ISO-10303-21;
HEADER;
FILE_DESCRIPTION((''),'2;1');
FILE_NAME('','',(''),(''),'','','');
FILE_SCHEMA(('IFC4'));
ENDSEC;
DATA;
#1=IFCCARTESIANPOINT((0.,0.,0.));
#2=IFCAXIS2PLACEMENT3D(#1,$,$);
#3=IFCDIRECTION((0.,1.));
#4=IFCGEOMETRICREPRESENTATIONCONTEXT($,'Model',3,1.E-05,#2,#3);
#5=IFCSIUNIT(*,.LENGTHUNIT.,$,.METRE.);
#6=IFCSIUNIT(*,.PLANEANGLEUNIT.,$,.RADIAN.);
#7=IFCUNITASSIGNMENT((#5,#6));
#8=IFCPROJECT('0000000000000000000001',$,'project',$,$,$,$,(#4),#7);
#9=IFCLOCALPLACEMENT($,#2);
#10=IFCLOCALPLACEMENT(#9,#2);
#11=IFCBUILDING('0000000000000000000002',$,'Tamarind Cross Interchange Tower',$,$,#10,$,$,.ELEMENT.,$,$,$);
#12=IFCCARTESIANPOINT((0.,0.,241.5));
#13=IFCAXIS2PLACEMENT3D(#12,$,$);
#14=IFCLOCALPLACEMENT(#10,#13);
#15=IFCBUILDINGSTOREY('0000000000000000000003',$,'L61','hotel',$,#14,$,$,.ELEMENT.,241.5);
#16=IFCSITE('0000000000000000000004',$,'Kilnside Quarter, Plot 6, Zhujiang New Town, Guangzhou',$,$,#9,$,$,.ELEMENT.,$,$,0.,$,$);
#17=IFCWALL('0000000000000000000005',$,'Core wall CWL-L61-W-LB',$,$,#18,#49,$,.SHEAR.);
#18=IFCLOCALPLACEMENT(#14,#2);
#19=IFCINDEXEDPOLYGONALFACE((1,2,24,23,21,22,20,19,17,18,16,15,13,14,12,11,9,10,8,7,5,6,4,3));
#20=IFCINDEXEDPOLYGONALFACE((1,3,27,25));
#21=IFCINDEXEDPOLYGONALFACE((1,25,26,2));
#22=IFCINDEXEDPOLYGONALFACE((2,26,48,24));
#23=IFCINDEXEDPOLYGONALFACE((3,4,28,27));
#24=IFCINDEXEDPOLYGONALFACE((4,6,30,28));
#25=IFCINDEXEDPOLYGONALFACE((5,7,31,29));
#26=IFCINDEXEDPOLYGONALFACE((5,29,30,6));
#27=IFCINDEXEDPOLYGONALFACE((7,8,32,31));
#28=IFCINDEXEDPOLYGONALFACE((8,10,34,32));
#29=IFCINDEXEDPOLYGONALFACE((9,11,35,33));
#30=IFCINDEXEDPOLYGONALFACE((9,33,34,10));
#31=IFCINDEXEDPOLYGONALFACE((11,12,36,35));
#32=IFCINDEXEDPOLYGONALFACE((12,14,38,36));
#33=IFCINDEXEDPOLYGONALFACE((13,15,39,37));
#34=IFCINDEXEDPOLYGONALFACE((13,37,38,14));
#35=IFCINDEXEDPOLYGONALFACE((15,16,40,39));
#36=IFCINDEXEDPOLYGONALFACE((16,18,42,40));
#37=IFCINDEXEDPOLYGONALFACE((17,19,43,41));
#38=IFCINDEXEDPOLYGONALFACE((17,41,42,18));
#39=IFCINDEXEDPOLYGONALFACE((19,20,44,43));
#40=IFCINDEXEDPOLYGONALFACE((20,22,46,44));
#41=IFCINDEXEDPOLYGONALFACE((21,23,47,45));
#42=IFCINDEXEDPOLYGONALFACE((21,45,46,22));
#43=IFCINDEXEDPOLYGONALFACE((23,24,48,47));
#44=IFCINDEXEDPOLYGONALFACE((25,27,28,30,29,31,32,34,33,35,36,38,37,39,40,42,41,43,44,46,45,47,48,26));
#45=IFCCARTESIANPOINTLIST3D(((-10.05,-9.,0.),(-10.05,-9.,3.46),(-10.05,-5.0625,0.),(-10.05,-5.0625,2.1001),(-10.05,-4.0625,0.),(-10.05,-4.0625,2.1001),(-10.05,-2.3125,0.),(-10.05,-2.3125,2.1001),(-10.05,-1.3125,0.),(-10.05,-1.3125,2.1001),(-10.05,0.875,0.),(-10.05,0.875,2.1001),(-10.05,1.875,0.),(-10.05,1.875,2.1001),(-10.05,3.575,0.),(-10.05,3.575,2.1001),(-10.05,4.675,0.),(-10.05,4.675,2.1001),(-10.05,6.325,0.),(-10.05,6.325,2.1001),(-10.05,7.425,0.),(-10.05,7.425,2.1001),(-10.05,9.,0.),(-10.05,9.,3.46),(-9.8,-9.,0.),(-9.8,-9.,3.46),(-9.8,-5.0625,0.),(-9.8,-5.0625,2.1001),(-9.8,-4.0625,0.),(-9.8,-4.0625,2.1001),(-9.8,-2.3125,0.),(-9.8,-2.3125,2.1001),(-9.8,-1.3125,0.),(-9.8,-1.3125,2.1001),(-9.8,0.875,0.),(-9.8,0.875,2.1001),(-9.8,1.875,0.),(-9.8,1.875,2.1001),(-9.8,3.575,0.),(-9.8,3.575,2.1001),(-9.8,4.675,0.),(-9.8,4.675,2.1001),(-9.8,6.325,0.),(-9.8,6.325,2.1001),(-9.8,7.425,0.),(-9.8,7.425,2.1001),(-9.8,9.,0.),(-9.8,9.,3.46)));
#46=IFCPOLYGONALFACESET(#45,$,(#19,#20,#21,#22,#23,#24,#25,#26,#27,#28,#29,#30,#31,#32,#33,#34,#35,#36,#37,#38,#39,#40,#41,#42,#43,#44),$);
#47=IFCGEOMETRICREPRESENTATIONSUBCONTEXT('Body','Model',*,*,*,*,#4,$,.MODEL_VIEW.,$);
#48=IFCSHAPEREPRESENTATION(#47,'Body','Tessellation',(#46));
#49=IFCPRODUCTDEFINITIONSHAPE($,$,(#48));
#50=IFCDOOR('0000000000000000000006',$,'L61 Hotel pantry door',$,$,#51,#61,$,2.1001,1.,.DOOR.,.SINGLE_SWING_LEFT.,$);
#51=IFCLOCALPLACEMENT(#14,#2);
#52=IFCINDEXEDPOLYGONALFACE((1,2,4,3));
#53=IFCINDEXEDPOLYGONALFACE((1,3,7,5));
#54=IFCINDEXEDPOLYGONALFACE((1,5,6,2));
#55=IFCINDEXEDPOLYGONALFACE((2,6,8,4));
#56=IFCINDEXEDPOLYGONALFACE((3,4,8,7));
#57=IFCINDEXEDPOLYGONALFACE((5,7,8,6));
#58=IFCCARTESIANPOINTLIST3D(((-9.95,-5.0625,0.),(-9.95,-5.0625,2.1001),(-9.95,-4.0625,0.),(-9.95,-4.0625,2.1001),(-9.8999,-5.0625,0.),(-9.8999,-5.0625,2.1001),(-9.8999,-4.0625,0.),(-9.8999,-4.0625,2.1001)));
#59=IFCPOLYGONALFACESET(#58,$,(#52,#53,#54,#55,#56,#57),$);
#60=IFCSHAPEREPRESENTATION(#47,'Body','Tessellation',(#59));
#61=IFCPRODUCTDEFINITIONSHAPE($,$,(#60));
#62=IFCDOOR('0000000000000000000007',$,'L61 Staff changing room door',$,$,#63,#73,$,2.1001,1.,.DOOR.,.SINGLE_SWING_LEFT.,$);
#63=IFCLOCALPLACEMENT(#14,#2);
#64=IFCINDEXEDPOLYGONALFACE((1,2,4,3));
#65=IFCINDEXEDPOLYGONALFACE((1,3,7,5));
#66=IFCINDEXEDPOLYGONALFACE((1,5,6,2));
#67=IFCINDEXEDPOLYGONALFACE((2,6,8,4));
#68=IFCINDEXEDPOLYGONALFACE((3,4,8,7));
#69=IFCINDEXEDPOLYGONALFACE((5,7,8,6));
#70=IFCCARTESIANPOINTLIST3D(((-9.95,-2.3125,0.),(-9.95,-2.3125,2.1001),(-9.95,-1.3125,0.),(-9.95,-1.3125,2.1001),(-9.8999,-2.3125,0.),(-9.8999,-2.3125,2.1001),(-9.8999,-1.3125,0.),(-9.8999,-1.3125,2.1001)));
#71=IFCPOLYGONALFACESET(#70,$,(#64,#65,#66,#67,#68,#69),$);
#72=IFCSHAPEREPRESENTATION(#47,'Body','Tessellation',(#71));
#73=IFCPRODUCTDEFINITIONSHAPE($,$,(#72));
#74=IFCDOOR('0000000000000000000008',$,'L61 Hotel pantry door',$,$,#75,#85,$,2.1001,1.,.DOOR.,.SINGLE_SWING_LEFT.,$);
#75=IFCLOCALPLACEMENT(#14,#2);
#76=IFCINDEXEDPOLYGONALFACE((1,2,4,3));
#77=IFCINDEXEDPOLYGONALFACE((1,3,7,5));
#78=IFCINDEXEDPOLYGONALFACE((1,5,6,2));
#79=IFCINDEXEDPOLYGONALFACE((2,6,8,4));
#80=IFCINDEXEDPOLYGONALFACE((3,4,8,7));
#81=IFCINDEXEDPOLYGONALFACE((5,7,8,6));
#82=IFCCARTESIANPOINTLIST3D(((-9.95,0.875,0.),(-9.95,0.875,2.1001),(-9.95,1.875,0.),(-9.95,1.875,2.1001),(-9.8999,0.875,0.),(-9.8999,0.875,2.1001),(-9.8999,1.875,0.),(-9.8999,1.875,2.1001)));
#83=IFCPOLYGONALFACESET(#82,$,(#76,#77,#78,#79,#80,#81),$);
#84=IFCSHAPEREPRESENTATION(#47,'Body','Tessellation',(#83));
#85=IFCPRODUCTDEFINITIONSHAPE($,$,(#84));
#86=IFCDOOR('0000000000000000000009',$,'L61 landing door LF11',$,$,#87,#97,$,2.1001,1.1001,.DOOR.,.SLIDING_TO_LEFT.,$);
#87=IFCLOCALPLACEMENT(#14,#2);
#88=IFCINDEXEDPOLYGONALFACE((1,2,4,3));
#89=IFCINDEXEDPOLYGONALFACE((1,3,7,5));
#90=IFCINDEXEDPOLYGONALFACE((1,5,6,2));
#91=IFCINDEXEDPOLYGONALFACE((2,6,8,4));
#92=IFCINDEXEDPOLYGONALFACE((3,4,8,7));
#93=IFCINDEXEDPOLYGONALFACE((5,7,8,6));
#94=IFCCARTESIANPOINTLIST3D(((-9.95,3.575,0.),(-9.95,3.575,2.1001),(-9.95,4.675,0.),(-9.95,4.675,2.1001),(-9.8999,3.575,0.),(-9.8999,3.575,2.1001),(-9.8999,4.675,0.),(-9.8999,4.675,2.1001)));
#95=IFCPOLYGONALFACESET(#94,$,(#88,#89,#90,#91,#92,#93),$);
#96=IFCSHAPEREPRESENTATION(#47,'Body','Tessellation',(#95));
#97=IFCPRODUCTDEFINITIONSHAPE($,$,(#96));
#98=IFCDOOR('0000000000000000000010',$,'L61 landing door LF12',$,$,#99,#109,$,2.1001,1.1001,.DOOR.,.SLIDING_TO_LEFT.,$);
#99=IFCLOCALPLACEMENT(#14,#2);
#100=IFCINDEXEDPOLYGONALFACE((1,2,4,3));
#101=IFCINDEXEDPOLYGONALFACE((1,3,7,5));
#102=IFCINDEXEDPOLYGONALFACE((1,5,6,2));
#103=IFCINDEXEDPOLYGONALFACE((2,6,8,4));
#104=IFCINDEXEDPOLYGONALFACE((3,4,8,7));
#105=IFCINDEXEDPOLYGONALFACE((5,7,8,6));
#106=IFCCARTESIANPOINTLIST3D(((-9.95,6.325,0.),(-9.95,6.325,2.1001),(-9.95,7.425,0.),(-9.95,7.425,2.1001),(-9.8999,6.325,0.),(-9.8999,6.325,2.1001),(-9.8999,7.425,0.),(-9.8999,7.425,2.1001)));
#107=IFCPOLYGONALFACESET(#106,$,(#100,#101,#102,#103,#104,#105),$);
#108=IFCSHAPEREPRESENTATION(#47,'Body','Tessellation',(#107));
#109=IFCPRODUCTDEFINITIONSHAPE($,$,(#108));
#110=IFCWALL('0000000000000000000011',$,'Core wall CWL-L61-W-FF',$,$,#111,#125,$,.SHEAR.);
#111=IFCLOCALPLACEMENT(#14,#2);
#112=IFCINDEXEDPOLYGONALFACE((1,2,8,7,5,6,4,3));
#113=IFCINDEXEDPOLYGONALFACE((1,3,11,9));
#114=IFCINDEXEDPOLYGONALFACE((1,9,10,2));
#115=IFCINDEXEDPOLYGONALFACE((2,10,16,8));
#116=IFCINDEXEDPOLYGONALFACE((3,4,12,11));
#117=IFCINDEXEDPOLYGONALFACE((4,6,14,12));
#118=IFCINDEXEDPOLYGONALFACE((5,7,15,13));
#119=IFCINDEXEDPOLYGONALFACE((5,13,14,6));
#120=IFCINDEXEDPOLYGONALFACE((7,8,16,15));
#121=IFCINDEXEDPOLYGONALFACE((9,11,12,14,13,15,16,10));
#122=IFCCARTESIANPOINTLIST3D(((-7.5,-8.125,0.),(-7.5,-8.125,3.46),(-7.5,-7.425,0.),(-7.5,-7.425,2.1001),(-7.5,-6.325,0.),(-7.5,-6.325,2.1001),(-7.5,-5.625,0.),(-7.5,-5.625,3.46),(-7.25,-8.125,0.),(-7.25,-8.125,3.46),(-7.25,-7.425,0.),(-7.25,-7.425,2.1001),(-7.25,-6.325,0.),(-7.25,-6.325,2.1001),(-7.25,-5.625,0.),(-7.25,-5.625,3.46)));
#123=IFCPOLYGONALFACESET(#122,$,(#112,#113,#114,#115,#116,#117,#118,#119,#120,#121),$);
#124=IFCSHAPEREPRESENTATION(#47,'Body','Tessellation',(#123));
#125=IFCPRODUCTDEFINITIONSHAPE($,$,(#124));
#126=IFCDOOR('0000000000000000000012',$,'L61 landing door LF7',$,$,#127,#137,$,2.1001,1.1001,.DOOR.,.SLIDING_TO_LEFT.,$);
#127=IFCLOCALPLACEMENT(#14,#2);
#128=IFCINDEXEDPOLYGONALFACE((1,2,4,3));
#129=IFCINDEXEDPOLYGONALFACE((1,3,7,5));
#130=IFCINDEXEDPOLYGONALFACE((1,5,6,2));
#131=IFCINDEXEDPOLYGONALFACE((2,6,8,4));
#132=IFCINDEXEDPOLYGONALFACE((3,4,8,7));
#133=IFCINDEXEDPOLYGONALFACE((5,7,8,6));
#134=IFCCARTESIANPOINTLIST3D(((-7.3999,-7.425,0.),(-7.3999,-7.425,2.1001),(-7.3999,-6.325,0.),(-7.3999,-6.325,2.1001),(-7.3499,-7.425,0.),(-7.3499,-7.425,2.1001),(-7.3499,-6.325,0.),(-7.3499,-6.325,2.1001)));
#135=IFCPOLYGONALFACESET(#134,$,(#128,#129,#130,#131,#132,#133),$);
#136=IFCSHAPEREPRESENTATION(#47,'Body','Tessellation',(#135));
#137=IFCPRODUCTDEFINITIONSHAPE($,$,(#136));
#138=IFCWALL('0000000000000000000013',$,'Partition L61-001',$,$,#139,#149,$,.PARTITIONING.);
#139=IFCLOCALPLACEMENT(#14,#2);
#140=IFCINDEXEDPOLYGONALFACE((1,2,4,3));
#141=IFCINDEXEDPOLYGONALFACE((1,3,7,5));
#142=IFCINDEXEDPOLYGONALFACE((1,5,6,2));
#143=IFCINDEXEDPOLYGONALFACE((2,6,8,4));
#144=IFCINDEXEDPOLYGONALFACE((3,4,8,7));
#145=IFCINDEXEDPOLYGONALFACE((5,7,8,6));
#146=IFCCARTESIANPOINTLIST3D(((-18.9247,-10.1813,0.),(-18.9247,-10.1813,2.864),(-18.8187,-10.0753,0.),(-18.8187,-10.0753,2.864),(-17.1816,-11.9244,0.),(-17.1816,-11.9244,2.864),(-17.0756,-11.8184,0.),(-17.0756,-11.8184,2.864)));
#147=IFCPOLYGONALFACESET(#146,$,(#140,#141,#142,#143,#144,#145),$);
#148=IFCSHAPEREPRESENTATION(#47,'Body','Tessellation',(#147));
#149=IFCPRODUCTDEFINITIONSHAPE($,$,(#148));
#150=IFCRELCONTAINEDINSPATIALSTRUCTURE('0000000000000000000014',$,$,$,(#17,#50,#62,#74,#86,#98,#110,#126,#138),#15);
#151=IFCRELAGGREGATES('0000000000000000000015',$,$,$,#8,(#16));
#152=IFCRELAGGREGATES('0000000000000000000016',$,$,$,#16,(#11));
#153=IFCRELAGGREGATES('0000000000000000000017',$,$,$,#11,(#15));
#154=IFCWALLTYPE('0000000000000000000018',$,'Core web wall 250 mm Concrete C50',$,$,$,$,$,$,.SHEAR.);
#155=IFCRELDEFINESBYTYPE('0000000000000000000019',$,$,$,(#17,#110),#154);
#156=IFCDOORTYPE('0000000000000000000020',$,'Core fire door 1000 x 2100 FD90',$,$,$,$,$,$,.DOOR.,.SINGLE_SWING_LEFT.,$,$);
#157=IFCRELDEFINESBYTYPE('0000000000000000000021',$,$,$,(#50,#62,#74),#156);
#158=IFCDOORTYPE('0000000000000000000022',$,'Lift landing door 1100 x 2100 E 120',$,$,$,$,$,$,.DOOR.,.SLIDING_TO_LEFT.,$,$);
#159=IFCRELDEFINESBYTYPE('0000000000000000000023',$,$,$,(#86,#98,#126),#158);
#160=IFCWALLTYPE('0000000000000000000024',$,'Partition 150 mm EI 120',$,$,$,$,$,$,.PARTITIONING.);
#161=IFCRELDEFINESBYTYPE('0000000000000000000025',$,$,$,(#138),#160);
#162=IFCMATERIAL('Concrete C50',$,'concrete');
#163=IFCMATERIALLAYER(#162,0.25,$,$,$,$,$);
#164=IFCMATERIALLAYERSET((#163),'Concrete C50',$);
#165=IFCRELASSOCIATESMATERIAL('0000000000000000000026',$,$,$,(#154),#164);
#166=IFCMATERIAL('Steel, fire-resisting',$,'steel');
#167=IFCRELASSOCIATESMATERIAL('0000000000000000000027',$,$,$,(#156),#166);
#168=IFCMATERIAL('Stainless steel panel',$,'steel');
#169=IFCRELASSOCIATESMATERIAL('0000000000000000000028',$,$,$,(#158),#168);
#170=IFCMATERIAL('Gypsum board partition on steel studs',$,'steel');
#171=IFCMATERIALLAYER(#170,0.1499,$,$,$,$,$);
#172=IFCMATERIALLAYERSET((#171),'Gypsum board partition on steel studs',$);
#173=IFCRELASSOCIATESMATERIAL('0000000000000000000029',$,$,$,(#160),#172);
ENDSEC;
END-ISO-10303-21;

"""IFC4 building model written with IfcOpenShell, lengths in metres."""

from ifc_helpers import new_model, si_unit, direction, frame, frame_2d, origin, place, context, subcontext, project, spatial, rectangle, extrude, material, layer, layer_set, type_object, element, fill, save


model = new_model("IFC4")

# Units and contexts
model_context = context("Model", 3, precision=1e-05, world=origin(), true_north=direction((0.0, 1.0)))
body_context = subcontext(model_context, "Body", "Model", "MODEL_VIEW")
ifc_project = project(units=[si_unit("LENGTHUNIT", "METRE"), si_unit("PLANEANGLEUNIT", "RADIAN")], contexts=[model_context])

# Site, building, storey
site_placement = place(None, origin())
site = spatial("IfcSite", under=ifc_project, at=site_placement, Name="Kilnside Quarter, Plot 6, Zhujiang New Town, Guangzhou", CompositionType="ELEMENT", RefElevation=0.0)
building_placement = place(site_placement, origin())
building = spatial("IfcBuilding", under=site, at=building_placement, Name="Tamarind Cross Interchange Tower", CompositionType="ELEMENT")
storey_placement = place(building_placement, frame((0.0, 0.0, 241.5)))
storey = spatial("IfcBuildingStorey", under=building, at=storey_placement, Name="L61", Description="hotel", CompositionType="ELEMENT", Elevation=241.5)

# Shared definitions
ifc_material_1 = material(Name="Concrete C50", Category="concrete")

# Shared definitions
ifc_material_2 = material(Name="Steel, fire-resisting", Category="steel")

# Shared definitions
ifc_layer_1 = layer(ifc_material_1, 0.25)
ifc_layer_set_1 = layer_set([ifc_layer_1], Name="Concrete C50")
wall_type_1 = type_object("IfcWallType", Name="Core web wall 250 mm Concrete C50", PredefinedType="SHEAR", material=ifc_layer_set_1)

# Wall, openings, doors
door_type_1 = type_object("IfcDoorType", Name="Core fire door 1000 x 2100 FD90", OperationType="SINGLE_SWING_LEFT", PredefinedType="DOOR", material=ifc_material_2)
ifc_material_3 = material(Name="Stainless steel panel", Category="steel")
wall_1_placement = place(storey_placement, frame((-9.925, -9.0, 0.0), z_axis=(0.0, 0.0, 1.0), x_axis=(0.0, 1.0, 0.0)))
wall_1 = element("IfcWall", 1, at=wall_1_placement, inside=storey, type_object=wall_type_1, Name="Core wall CWL-L61-W-LB", PredefinedType="SHEAR", context=body_context, shape_type="SweptSolid", body=[
    extrude(rectangle(XDim=18.0, YDim=0.25, at=frame_2d((9.0, 0.0))), origin(), (0.0, 0.0, 1.0), 3.46),
])
opening_1_placement = place(wall_1_placement, frame((12.575, 0.0, 0.0)))
opening_1 = element("IfcOpeningElement", 2, at=opening_1_placement, cuts=wall_1, PredefinedType="OPENING", context=body_context, shape_type="SweptSolid", body=[
    extrude(rectangle(XDim=1.1001, YDim=2.1001, at=frame_2d((0.55, 1.05))), frame((0.0, 0.135, 0.0), z_axis=(0.0, -1.0, 0.0), x_axis=(1.0, 0.0, 0.0)), (0.0, 0.0, 1.0), 0.27),
])
opening_2_placement = place(wall_1_placement, frame((15.325, 0.0, 0.0)))
opening_2 = element("IfcOpeningElement", 3, at=opening_2_placement, cuts=wall_1, PredefinedType="OPENING", context=body_context, shape_type="SweptSolid", body=[
    extrude(rectangle(XDim=1.1001, YDim=2.1001, at=frame_2d((0.55, 1.05))), frame((0.0, 0.135, 0.0), z_axis=(0.0, -1.0, 0.0), x_axis=(1.0, 0.0, 0.0)), (0.0, 0.0, 1.0), 0.27),
])
opening_3_placement = place(wall_1_placement, frame((3.9375, 0.0, 0.0)))
opening_3 = element("IfcOpeningElement", 4, at=opening_3_placement, cuts=wall_1, PredefinedType="OPENING", context=body_context, shape_type="SweptSolid", body=[
    extrude(rectangle(XDim=1.0, YDim=2.1001, at=frame_2d((0.5, 1.05))), frame((0.0, 0.135, 0.0), z_axis=(0.0, -1.0, 0.0), x_axis=(1.0, 0.0, 0.0)), (0.0, 0.0, 1.0), 0.27),
])
opening_4_placement = place(wall_1_placement, frame((6.6875, 0.0, 0.0)))
opening_4 = element("IfcOpeningElement", 5, at=opening_4_placement, cuts=wall_1, PredefinedType="OPENING", context=body_context, shape_type="SweptSolid", body=[
    extrude(rectangle(XDim=1.0, YDim=2.1001, at=frame_2d((0.5, 1.05))), frame((0.0, 0.135, 0.0), z_axis=(0.0, -1.0, 0.0), x_axis=(1.0, 0.0, 0.0)), (0.0, 0.0, 1.0), 0.27),
])
opening_5_placement = place(wall_1_placement, frame((9.875, 0.0, 0.0)))
opening_5 = element("IfcOpeningElement", 6, at=opening_5_placement, cuts=wall_1, PredefinedType="OPENING", context=body_context, shape_type="SweptSolid", body=[
    extrude(rectangle(XDim=1.0, YDim=2.1001, at=frame_2d((0.5, 1.05))), frame((0.0, 0.135, 0.0), z_axis=(0.0, -1.0, 0.0), x_axis=(1.0, 0.0, 0.0)), (0.0, 0.0, 1.0), 0.27),
])
door_1_placement = place(opening_3_placement, origin())
door_1 = element("IfcDoor", 7, at=door_1_placement, inside=storey, type_object=door_type_1, Name="L61 Hotel pantry door", OperationType="SINGLE_SWING_LEFT", OverallHeight=2.1001, OverallWidth=1.0, PredefinedType="DOOR", context=body_context, shape_type="SweptSolid", body=[
    extrude(rectangle(XDim=1.0, YDim=2.1001, at=frame_2d((0.5, 1.05))), frame((0.0, 0.0249, 0.0), z_axis=(0.0, -1.0, 0.0), x_axis=(1.0, 0.0, 0.0)), (0.0, 0.0, 1.0), 0.05),
])
fill(opening_3, door_1)
door_2_placement = place(opening_4_placement, origin())
door_2 = element("IfcDoor", 8, at=door_2_placement, inside=storey, type_object=door_type_1, Name="L61 Staff changing room door", OperationType="SINGLE_SWING_LEFT", OverallHeight=2.1001, OverallWidth=1.0, PredefinedType="DOOR", context=body_context, shape_type="SweptSolid", body=[
    extrude(rectangle(XDim=1.0, YDim=2.1001, at=frame_2d((0.5, 1.05))), frame((0.0, 0.0249, 0.0), z_axis=(0.0, -1.0, 0.0), x_axis=(1.0, 0.0, 0.0)), (0.0, 0.0, 1.0), 0.05),
])
fill(opening_4, door_2)
door_3_placement = place(opening_5_placement, origin())
door_3 = element("IfcDoor", 9, at=door_3_placement, inside=storey, type_object=door_type_1, Name="L61 Hotel pantry door", OperationType="SINGLE_SWING_LEFT", OverallHeight=2.1001, OverallWidth=1.0, PredefinedType="DOOR", context=body_context, shape_type="SweptSolid", body=[
    extrude(rectangle(XDim=1.0, YDim=2.1001, at=frame_2d((0.5, 1.05))), frame((0.0, 0.0249, 0.0), z_axis=(0.0, -1.0, 0.0), x_axis=(1.0, 0.0, 0.0)), (0.0, 0.0, 1.0), 0.05),
])
fill(opening_5, door_3)
door_type_2 = type_object("IfcDoorType", Name="Lift landing door 1100 x 2100 E 120", OperationType="SLIDING_TO_LEFT", PredefinedType="DOOR", material=ifc_material_3)
door_4_placement = place(opening_1_placement, origin())
door_4 = element("IfcDoor", 10, at=door_4_placement, inside=storey, type_object=door_type_2, Name="L61 landing door LF11", OperationType="SLIDING_TO_LEFT", OverallHeight=2.1001, OverallWidth=1.1001, PredefinedType="DOOR", context=body_context, shape_type="SweptSolid", body=[
    extrude(rectangle(XDim=1.1001, YDim=2.1001, at=frame_2d((0.55, 1.05))), frame((0.0, 0.0249, 0.0), z_axis=(0.0, -1.0, 0.0), x_axis=(1.0, 0.0, 0.0)), (0.0, 0.0, 1.0), 0.05),
])
fill(opening_1, door_4)
door_5_placement = place(opening_2_placement, origin())
door_5 = element("IfcDoor", 11, at=door_5_placement, inside=storey, type_object=door_type_2, Name="L61 landing door LF12", OperationType="SLIDING_TO_LEFT", OverallHeight=2.1001, OverallWidth=1.1001, PredefinedType="DOOR", context=body_context, shape_type="SweptSolid", body=[
    extrude(rectangle(XDim=1.1001, YDim=2.1001, at=frame_2d((0.55, 1.05))), frame((0.0, 0.0249, 0.0), z_axis=(0.0, -1.0, 0.0), x_axis=(1.0, 0.0, 0.0)), (0.0, 0.0, 1.0), 0.05),
])
fill(opening_2, door_5)

# Wall, opening, door
wall_2_placement = place(storey_placement, frame((-7.375, -8.125, 0.0), z_axis=(0.0, 0.0, 1.0), x_axis=(0.0, 1.0, 0.0)))
wall_2 = element("IfcWall", 12, at=wall_2_placement, inside=storey, type_object=wall_type_1, Name="Core wall CWL-L61-W-FF", PredefinedType="SHEAR", context=body_context, shape_type="SweptSolid", body=[
    extrude(rectangle(XDim=2.5, YDim=0.25, at=frame_2d((1.25, 0.0))), origin(), (0.0, 0.0, 1.0), 3.46),
])
opening_6_placement = place(wall_2_placement, frame((0.7, 0.0, 0.0)))
opening_6 = element("IfcOpeningElement", 13, at=opening_6_placement, cuts=wall_2, PredefinedType="OPENING", context=body_context, shape_type="SweptSolid", body=[
    extrude(rectangle(XDim=1.1001, YDim=2.1001, at=frame_2d((0.55, 1.05))), frame((0.0, 0.135, 0.0), z_axis=(0.0, -1.0, 0.0), x_axis=(1.0, 0.0, 0.0)), (0.0, 0.0, 1.0), 0.27),
])
door_6_placement = place(opening_6_placement, origin())
door_6 = element("IfcDoor", 14, at=door_6_placement, inside=storey, type_object=door_type_2, Name="L61 landing door LF7", OperationType="SLIDING_TO_LEFT", OverallHeight=2.1001, OverallWidth=1.1001, PredefinedType="DOOR", context=body_context, shape_type="SweptSolid", body=[
    extrude(rectangle(XDim=1.1001, YDim=2.1001, at=frame_2d((0.55, 1.05))), frame((0.0, 0.0249, 0.0), z_axis=(0.0, -1.0, 0.0), x_axis=(1.0, 0.0, 0.0)), (0.0, 0.0, 1.0), 0.05),
])
fill(opening_6, door_6)

# Wall
ifc_material_4 = material(Name="Gypsum board partition on steel studs", Category="steel")
ifc_layer_2 = layer(ifc_material_4, 0.1499)
ifc_layer_set_2 = layer_set([ifc_layer_2], Name="Gypsum board partition on steel studs")
wall_type_2 = type_object("IfcWallType", Name="Partition 150 mm EI 120", PredefinedType="PARTITIONING", material=ifc_layer_set_2)
wall_3_placement = place(storey_placement, frame((-18.8716, -10.1284, 0.0), z_axis=(0.0, 0.0, 1.0), x_axis=(0.707107, -0.707107, 0.0)))
element("IfcWall", 15, at=wall_3_placement, inside=storey, type_object=wall_type_2, Name="Partition L61-001", PredefinedType="PARTITIONING", context=body_context, shape_type="SweptSolid", body=[
    extrude(rectangle(XDim=2.4651, YDim=0.1499, at=frame_2d((1.2324, 0.0))), origin(), (0.0, 0.0, 1.0), 2.864),
])

save(model, "model.ifc")
